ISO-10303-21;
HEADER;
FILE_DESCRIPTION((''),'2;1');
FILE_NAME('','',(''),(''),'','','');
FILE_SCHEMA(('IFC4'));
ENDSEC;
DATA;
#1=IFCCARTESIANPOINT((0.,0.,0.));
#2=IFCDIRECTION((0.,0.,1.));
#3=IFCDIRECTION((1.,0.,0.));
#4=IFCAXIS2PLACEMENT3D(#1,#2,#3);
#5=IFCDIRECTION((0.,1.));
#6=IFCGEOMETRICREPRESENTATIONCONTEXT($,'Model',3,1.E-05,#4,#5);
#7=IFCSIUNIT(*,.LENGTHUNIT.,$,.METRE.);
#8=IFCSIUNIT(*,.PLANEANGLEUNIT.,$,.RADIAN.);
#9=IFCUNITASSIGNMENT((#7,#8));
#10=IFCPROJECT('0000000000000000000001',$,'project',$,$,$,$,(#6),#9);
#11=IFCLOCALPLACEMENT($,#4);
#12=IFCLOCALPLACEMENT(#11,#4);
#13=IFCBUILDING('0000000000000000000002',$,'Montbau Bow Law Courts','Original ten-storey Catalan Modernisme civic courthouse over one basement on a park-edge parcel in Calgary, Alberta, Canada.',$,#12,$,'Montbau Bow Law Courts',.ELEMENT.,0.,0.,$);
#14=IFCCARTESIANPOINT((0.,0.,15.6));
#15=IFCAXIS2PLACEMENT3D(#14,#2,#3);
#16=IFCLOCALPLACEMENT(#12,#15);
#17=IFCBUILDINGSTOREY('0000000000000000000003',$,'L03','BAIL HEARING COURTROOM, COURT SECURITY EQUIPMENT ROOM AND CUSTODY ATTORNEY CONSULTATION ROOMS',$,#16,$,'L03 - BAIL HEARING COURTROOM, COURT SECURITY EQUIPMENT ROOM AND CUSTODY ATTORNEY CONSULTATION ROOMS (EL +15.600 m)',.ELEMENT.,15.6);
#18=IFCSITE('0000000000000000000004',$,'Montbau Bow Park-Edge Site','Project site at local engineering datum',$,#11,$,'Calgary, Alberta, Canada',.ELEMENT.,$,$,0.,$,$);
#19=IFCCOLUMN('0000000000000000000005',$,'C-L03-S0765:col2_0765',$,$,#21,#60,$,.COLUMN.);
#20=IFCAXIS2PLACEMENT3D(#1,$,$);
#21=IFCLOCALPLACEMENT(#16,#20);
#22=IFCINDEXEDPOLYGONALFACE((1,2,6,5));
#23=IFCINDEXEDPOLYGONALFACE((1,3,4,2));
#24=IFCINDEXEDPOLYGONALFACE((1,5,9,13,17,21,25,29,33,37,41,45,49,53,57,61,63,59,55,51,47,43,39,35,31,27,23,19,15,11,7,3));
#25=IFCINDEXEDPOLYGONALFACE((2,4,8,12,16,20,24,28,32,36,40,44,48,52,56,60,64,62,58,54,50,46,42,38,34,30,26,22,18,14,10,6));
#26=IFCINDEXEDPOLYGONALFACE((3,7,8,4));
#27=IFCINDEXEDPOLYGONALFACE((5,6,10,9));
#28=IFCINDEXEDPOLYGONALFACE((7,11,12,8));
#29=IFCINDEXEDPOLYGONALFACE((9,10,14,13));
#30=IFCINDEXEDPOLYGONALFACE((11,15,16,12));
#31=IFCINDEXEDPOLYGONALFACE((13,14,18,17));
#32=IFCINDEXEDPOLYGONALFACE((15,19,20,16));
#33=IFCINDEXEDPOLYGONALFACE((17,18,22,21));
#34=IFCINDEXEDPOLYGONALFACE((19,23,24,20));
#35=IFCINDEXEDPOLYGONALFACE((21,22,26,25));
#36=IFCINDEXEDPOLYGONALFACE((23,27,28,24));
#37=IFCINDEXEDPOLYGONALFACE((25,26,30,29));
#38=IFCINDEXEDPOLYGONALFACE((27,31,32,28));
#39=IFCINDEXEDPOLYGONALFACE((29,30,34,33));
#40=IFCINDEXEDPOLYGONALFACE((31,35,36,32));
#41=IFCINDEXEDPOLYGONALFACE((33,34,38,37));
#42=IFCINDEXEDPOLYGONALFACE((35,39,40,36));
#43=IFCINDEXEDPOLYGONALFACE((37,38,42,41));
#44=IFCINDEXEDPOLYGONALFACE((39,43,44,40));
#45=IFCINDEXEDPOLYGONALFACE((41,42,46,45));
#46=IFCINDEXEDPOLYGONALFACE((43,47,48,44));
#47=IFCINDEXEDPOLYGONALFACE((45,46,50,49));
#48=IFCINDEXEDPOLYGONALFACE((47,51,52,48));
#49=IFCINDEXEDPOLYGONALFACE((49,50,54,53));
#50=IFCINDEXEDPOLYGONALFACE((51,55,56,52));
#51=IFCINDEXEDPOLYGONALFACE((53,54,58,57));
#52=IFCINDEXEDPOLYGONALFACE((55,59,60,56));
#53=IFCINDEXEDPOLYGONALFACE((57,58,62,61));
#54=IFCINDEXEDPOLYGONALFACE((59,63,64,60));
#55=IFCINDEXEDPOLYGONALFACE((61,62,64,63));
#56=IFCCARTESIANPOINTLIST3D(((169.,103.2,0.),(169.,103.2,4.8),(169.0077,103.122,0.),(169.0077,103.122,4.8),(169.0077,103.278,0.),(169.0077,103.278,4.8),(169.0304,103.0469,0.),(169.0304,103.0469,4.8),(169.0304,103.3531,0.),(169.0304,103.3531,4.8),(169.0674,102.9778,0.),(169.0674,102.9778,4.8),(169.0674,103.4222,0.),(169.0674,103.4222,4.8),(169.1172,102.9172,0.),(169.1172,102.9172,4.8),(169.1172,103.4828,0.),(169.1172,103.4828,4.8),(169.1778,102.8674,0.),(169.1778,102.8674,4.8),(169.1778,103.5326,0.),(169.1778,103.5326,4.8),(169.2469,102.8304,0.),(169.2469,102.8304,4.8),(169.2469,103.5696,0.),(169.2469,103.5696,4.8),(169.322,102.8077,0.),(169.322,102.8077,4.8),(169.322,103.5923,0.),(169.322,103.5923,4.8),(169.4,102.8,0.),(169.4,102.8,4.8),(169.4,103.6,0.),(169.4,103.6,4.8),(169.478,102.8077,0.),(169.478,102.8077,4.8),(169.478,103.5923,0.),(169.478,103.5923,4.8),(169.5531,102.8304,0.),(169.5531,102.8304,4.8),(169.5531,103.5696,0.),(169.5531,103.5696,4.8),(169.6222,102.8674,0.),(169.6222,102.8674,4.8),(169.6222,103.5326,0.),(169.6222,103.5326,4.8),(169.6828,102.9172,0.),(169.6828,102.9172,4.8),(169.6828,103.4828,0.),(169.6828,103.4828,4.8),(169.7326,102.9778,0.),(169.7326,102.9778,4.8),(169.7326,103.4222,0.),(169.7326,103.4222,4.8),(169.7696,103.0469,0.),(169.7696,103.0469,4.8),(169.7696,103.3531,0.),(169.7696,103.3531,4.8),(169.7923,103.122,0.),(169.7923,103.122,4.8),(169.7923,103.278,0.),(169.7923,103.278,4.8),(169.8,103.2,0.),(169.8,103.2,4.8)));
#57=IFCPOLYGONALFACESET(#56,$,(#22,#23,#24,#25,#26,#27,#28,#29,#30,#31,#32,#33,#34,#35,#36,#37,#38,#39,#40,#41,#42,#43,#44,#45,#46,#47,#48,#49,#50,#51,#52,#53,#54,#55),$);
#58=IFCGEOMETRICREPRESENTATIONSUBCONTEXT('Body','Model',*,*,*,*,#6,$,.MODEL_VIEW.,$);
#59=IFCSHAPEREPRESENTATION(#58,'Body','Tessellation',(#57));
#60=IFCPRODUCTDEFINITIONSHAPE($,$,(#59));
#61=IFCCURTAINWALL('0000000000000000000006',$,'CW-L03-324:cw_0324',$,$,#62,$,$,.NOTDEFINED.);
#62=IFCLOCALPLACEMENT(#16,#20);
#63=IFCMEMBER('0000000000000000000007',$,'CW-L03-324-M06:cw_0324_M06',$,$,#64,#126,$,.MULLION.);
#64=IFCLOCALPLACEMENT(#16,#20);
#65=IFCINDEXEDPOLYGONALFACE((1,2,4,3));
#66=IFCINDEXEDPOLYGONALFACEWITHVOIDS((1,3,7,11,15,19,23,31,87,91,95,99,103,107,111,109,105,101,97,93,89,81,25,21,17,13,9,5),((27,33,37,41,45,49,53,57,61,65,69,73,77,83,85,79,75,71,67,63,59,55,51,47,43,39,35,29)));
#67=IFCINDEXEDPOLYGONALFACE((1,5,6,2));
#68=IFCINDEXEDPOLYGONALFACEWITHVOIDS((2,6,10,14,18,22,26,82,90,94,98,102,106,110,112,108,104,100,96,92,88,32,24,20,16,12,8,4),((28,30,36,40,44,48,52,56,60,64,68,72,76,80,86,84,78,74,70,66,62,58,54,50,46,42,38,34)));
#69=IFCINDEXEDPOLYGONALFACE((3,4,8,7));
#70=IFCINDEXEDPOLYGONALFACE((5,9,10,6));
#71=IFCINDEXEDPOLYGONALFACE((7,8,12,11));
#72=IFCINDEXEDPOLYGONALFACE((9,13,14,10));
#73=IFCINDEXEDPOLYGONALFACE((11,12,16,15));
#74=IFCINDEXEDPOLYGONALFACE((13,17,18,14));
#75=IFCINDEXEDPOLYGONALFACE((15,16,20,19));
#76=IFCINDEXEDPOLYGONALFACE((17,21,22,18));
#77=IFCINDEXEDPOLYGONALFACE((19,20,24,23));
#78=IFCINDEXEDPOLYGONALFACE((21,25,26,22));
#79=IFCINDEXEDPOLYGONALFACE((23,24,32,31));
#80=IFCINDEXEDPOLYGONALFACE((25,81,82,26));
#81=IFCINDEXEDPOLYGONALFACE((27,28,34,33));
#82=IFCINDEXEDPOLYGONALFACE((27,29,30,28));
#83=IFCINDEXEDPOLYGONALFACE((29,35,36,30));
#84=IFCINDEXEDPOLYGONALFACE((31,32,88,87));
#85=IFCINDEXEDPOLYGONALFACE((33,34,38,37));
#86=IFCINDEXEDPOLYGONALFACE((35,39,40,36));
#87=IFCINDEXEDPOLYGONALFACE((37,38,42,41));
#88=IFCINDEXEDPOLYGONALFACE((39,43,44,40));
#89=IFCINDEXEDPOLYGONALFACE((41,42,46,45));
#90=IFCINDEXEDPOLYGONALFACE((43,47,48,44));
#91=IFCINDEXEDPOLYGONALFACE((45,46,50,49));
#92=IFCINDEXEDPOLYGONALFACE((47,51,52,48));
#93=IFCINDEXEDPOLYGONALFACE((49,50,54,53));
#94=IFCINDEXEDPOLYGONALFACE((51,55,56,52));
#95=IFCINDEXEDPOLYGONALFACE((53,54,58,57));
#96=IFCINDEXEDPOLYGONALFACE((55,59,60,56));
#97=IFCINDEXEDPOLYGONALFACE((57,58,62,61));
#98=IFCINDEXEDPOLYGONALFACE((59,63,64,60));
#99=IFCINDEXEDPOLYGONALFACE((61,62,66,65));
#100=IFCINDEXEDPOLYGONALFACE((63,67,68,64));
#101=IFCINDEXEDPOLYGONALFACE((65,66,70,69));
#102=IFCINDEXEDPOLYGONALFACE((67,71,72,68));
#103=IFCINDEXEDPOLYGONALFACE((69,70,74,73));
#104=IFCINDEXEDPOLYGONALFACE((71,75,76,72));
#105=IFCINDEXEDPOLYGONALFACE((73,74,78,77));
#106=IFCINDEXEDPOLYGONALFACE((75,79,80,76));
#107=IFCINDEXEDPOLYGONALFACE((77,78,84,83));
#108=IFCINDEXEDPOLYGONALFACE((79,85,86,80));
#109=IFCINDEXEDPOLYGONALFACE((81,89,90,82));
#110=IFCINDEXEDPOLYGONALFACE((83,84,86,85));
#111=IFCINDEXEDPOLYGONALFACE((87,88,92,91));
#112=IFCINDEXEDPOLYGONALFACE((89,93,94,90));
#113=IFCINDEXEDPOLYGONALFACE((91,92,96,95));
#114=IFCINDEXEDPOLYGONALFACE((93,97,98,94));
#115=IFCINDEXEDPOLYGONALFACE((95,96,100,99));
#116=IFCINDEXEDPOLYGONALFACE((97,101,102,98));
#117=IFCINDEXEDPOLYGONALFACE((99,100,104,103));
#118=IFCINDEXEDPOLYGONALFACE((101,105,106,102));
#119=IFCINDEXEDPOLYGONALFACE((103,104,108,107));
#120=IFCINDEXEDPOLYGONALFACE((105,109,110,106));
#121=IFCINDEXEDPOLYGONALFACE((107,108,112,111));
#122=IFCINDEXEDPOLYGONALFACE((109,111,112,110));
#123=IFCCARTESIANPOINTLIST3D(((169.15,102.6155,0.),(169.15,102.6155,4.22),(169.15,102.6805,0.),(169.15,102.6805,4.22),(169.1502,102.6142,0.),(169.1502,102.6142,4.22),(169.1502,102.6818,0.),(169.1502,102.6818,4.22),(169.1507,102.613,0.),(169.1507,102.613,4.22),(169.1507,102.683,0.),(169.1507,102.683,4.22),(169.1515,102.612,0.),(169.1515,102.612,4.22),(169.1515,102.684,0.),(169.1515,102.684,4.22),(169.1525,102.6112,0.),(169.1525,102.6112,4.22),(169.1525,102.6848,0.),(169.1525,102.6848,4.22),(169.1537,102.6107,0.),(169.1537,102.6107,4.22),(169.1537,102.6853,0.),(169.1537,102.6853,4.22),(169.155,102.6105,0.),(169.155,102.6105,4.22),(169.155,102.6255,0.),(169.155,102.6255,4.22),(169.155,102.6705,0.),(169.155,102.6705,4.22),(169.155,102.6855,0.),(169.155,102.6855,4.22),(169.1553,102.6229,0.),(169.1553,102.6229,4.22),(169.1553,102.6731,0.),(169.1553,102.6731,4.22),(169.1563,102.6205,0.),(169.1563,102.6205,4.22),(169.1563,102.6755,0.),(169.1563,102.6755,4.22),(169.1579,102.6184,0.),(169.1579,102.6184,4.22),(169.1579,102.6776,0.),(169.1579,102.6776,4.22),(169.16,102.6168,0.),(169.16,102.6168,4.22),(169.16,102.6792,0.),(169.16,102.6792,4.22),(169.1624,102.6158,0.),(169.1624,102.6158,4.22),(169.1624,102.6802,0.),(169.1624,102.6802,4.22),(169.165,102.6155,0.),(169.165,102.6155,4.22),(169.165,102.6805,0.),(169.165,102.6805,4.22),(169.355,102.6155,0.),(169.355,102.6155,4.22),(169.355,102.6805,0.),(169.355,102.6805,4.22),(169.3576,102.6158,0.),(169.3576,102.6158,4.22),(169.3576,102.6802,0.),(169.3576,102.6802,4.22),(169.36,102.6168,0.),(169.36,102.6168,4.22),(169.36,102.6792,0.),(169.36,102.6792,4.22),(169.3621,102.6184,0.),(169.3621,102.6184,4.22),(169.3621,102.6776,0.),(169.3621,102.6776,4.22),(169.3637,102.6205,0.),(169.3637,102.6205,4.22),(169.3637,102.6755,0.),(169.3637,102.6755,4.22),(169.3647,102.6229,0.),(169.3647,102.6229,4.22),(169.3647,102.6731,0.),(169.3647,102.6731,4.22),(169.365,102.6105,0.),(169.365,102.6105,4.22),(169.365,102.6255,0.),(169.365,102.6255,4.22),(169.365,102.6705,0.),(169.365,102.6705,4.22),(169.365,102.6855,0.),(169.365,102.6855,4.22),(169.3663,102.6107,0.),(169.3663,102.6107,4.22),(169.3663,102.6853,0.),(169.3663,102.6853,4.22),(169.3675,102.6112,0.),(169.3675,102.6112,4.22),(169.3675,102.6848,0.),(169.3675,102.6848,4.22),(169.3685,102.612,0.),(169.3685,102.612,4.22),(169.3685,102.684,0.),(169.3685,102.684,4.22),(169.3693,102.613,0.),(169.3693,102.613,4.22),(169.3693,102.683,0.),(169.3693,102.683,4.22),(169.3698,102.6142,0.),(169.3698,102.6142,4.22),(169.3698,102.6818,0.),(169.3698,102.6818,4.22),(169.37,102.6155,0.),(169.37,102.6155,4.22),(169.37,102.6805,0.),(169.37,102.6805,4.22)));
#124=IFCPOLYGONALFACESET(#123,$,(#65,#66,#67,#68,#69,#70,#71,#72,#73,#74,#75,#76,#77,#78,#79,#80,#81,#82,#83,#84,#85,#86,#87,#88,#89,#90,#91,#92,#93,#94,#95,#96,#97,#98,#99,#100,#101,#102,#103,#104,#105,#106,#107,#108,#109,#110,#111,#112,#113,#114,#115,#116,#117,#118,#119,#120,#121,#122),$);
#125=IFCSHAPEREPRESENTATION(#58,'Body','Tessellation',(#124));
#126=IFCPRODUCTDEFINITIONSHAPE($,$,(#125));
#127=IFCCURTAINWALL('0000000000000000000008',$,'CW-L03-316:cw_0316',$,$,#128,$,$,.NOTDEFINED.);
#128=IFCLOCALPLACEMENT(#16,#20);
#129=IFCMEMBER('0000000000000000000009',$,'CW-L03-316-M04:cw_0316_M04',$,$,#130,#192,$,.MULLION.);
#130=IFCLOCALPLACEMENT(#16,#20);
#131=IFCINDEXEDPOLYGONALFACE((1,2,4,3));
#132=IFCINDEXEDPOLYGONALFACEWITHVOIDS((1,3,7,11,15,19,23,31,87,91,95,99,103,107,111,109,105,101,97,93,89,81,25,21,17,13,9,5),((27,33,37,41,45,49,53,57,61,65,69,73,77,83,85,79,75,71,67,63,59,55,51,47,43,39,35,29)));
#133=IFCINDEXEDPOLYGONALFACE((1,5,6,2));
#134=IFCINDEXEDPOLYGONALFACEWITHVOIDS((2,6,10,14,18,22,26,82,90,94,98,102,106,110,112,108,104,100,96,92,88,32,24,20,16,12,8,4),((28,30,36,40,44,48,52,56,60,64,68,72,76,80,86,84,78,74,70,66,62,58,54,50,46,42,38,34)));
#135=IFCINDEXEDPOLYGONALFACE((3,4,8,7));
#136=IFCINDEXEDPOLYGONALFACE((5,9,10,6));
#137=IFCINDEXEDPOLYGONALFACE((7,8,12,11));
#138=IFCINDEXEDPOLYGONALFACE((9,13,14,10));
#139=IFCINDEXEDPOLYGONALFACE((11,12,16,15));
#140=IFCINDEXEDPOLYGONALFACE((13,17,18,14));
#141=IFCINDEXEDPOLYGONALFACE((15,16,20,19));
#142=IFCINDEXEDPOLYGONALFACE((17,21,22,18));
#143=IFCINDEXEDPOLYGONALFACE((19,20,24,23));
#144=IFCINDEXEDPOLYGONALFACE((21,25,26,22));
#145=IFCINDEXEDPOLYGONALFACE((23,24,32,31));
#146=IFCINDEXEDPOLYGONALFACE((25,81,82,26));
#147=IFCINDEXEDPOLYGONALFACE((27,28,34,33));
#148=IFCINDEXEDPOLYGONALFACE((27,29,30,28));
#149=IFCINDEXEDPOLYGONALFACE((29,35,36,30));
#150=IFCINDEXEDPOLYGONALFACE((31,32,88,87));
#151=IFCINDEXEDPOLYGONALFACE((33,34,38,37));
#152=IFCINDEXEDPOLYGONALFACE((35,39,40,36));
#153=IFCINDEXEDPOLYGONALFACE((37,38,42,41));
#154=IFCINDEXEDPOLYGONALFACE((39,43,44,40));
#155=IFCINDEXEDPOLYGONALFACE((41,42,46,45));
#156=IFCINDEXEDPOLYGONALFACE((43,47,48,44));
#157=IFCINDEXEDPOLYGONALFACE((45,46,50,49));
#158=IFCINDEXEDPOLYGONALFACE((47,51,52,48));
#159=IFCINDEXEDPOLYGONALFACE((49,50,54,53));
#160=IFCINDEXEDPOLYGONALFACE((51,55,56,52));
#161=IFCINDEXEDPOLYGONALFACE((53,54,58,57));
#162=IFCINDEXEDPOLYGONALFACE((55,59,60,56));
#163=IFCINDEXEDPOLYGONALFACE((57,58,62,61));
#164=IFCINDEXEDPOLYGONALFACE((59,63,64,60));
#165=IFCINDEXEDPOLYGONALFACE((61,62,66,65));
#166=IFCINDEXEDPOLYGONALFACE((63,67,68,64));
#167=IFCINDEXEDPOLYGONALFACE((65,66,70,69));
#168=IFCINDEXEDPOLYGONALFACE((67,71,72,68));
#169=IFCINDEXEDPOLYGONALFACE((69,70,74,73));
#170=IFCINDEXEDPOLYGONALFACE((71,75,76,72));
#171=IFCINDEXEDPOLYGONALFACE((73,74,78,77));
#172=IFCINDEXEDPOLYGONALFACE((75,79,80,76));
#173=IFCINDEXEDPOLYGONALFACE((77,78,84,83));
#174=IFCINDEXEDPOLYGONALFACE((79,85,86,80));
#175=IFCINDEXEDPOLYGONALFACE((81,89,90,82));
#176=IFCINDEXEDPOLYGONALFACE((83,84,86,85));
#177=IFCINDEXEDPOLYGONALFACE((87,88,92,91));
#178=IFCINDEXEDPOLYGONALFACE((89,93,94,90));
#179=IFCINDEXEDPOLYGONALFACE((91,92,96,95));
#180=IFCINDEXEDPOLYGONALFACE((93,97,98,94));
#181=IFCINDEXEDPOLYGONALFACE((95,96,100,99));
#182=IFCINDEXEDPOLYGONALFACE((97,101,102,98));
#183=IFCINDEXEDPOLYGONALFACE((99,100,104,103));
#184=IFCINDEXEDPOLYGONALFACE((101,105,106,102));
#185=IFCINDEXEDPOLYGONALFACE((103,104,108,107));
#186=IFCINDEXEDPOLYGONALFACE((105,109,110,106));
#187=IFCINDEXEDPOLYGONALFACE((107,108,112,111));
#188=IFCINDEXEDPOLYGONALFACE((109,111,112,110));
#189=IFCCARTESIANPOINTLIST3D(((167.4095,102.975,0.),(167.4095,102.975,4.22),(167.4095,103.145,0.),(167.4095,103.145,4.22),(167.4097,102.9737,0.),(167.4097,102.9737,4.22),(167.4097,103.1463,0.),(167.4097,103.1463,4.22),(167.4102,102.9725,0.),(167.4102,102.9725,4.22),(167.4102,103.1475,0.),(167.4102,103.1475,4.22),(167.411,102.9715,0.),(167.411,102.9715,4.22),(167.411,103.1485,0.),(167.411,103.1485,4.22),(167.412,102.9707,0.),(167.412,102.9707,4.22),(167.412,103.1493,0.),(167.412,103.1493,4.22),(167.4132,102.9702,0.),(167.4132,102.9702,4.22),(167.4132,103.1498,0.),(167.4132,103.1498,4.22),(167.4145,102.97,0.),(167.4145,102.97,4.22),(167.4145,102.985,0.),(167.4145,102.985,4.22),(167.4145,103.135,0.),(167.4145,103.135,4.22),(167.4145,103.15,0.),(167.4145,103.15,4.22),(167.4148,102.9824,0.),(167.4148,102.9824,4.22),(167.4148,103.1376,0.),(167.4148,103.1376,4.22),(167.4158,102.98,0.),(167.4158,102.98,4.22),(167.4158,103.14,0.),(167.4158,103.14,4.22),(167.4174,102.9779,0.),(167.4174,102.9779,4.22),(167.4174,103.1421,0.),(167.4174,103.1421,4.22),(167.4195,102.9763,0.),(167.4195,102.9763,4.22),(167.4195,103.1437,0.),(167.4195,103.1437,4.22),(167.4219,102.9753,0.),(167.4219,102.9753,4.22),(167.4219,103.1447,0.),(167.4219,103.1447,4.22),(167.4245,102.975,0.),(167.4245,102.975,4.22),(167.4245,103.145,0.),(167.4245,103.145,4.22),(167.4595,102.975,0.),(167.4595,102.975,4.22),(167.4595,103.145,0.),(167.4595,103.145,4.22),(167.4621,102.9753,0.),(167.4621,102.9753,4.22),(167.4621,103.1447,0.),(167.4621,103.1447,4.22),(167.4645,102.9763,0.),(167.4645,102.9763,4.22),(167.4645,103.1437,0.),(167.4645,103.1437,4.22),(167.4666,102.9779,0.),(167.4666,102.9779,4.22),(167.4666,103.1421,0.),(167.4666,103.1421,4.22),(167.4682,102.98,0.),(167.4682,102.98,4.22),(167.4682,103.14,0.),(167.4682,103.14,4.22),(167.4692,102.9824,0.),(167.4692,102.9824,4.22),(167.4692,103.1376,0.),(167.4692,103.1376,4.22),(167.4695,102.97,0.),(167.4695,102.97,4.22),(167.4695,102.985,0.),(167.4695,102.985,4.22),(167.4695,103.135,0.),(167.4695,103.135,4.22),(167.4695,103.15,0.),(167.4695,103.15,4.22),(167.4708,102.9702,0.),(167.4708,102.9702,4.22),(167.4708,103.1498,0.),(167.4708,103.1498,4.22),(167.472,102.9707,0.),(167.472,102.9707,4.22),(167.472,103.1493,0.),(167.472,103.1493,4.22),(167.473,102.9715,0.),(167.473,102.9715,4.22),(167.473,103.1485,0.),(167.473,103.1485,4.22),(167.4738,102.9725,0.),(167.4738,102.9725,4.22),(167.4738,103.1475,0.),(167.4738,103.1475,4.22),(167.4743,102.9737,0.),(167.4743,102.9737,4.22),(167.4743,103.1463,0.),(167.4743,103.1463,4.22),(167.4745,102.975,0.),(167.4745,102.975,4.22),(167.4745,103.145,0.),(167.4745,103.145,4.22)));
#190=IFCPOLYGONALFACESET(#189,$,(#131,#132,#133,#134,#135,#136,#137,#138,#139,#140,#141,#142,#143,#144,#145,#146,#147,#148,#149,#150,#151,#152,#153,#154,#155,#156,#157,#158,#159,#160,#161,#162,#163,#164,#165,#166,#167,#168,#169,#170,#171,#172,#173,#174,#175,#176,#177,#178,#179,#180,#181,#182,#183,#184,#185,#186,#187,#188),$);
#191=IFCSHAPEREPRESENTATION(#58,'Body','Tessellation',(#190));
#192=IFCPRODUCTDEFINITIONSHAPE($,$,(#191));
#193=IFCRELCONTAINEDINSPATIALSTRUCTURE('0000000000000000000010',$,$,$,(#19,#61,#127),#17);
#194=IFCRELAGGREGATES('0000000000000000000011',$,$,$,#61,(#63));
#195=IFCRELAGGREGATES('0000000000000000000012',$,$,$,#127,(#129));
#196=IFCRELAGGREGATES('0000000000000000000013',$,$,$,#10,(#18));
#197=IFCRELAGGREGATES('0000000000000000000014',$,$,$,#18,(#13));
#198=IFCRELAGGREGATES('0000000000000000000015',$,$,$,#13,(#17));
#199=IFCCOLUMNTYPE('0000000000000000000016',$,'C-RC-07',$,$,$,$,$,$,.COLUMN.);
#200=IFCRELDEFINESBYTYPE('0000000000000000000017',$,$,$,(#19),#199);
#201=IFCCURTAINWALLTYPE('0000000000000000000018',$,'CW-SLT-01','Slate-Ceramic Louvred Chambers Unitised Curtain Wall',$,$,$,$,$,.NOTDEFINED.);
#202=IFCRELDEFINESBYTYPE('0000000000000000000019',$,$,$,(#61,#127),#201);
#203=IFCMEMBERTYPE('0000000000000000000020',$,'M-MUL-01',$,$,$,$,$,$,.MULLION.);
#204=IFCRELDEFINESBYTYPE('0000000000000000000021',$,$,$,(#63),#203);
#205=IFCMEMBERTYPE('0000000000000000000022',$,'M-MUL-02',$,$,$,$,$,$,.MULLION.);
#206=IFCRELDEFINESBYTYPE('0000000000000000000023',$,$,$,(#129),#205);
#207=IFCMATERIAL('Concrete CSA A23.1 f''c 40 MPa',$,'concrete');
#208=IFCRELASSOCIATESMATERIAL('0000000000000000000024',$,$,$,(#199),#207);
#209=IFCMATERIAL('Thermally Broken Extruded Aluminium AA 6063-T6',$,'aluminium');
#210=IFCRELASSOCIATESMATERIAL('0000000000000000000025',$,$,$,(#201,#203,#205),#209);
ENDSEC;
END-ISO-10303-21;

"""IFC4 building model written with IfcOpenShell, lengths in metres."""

from ifc_helpers import new_model, si_unit, direction, frame, origin_with_axes, origin_2d_with_axis, place, context, subcontext, project, spatial, hollow_rectangle, circle, extrude, material, material_profile, profile_set, type_object, element, aggregate, save


model = new_model("IFC4")

# Units and contexts
model_context = context("Model", 3, precision=1e-05, world=origin_with_axes(), true_north=direction((0.0, 1.0)))
body_context = subcontext(model_context, "Body", "Model", "MODEL_VIEW")
ifc_project = project(units=[si_unit("LENGTHUNIT", "METRE"), si_unit("PLANEANGLEUNIT", "RADIAN")], contexts=[model_context])

# Site, building, storey
site_placement = place(None, origin_with_axes())
site = spatial("IfcSite", under=ifc_project, at=site_placement, Name="Montbau Bow Park-Edge Site", Description="Project site at local engineering datum", LongName="Calgary, Alberta, Canada", CompositionType="ELEMENT", RefElevation=0.0)
building_placement = place(site_placement, origin_with_axes())
building = spatial("IfcBuilding", under=site, at=building_placement, Name="Montbau Bow Law Courts", Description="Original ten-storey Catalan Modernisme civic courthouse over one basement on a park-edge parcel in Calgary, Alberta, Canada.", LongName="Montbau Bow Law Courts", CompositionType="ELEMENT", ElevationOfRefHeight=0.0, ElevationOfTerrain=0.0)
storey_placement = place(building_placement, frame((0.0, 0.0, 15.6), z_axis=(0.0, 0.0, 1.0), x_axis=(1.0, 0.0, 0.0)))
storey = spatial("IfcBuildingStorey", under=building, at=storey_placement, Name="L03", Description="BAIL HEARING COURTROOM, COURT SECURITY EQUIPMENT ROOM AND CUSTODY ATTORNEY CONSULTATION ROOMS", LongName="L03 - BAIL HEARING COURTROOM, COURT SECURITY EQUIPMENT ROOM AND CUSTODY ATTORNEY CONSULTATION ROOMS (EL +15.600 m)", CompositionType="ELEMENT", Elevation=15.6)

# Column
ifc_material_1 = material(Name="Concrete CSA A23.1 f'c 40 MPa", Category="concrete")
ifc_material_profile_1 = material_profile(ifc_material_1, circle(Radius=0.4, at=origin_2d_with_axis()), Name="RC800D", Category="Main", Priority=0)
ifc_profile_set_1 = profile_set([ifc_material_profile_1], Name="Concrete CSA A23.1 f'c 40 MPa")
column_type = type_object("IfcColumnType", Name="C-RC-07", PredefinedType="COLUMN", material=ifc_profile_set_1)
column_placement = place(None, frame((169.4, 103.2, 15.6), z_axis=(0.0, 0.0, 1.0), x_axis=(1.0, 0.0, 0.0)))
element("IfcColumn", 1, at=column_placement, inside=storey, type_object=column_type, Name="C-L03-S0765:col2_0765", PredefinedType="COLUMN", context=body_context, shape_type="SweptSolid", body=[
    extrude(circle(Radius=0.4, at=origin_2d_with_axis()), origin_with_axes(), (0.0, 0.0, 1.0), 4.8),
])

# Curtain wall, member
ifc_material_2 = material(Name="Thermally Broken Extruded Aluminium AA 6063-T6", Category="aluminium")
curtain_wall_type = type_object("IfcCurtainWallType", Name="CW-SLT-01", Description="Slate-Ceramic Louvred Chambers Unitised Curtain Wall", PredefinedType="NOTDEFINED", material=ifc_material_2)
curtain_wall_1_placement = place(None, frame((169.26, 95.315, 15.6), z_axis=(0.0, 0.0, 1.0), x_axis=(1.0, 0.0, 0.0)))
curtain_wall_1 = element("IfcCurtainWall", 2, at=curtain_wall_1_placement, inside=storey, type_object=curtain_wall_type, Name="CW-L03-324:cw_0324", PredefinedType="NOTDEFINED")
ifc_material_profile_2 = material_profile(ifc_material_2, hollow_rectangle(XDim=0.075, YDim=0.22, WallThickness=0.005, InnerFilletRadius=0.01, OuterFilletRadius=0.005, at=origin_2d_with_axis()), Name="CWM-220X75", Category="Main", Priority=0)
ifc_profile_set_2 = profile_set([ifc_material_profile_2], Name="Thermally Broken Extruded Aluminium AA 6063-T6")
member_type_1 = type_object("IfcMemberType", Name="M-MUL-01", PredefinedType="MULLION", material=ifc_profile_set_2)
member_1_placement = place(None, frame((169.26, 102.648, 15.6), z_axis=(0.0, 0.0, 1.0), x_axis=(0.0, 1.0, 0.0)))
member_1 = element("IfcMember", 3, at=member_1_placement, type_object=member_type_1, Name="CW-L03-324-M06:cw_0324_M06", PredefinedType="MULLION", context=body_context, shape_type="SweptSolid", body=[
    extrude(hollow_rectangle(XDim=0.075, YDim=0.22, WallThickness=0.005, InnerFilletRadius=0.01, OuterFilletRadius=0.005, at=origin_2d_with_axis()), origin_with_axes(), (0.0, 0.0, 1.0), 4.22),
])
aggregate(curtain_wall_1, [member_1])

# Curtain wall, member
curtain_wall_2_placement = place(None, frame((163.115, 103.06, 15.6), z_axis=(0.0, 0.0, 1.0), x_axis=(1.0, 0.0, 0.0)))
curtain_wall_2 = element("IfcCurtainWall", 4, at=curtain_wall_2_placement, inside=storey, type_object=curtain_wall_type, Name="CW-L03-316:cw_0316", PredefinedType="NOTDEFINED")
ifc_material_profile_3 = material_profile(ifc_material_2, hollow_rectangle(XDim=0.065, YDim=0.18, WallThickness=0.005, InnerFilletRadius=0.01, OuterFilletRadius=0.005, at=origin_2d_with_axis()), Name="CWM-180X65", Category="Main", Priority=0)
ifc_profile_set_3 = profile_set([ifc_material_profile_3], Name="Thermally Broken Extruded Aluminium AA 6063-T6")
member_type_2 = type_object("IfcMemberType", Name="M-MUL-02", PredefinedType="MULLION", material=ifc_profile_set_3)
member_2_placement = place(None, frame((167.442, 103.06, 15.6), z_axis=(0.0, 0.0, 1.0), x_axis=(1.0, 0.0, 0.0)))
member_2 = element("IfcMember", 5, at=member_2_placement, type_object=member_type_2, Name="CW-L03-316-M04:cw_0316_M04", PredefinedType="MULLION", context=body_context, shape_type="SweptSolid", body=[
    extrude(hollow_rectangle(XDim=0.065, YDim=0.18, WallThickness=0.005, InnerFilletRadius=0.01, OuterFilletRadius=0.005, at=origin_2d_with_axis()), origin_with_axes(), (0.0, 0.0, 1.0), 4.22),
])
aggregate(curtain_wall_2, [member_2])

save(model, "model.ifc")
